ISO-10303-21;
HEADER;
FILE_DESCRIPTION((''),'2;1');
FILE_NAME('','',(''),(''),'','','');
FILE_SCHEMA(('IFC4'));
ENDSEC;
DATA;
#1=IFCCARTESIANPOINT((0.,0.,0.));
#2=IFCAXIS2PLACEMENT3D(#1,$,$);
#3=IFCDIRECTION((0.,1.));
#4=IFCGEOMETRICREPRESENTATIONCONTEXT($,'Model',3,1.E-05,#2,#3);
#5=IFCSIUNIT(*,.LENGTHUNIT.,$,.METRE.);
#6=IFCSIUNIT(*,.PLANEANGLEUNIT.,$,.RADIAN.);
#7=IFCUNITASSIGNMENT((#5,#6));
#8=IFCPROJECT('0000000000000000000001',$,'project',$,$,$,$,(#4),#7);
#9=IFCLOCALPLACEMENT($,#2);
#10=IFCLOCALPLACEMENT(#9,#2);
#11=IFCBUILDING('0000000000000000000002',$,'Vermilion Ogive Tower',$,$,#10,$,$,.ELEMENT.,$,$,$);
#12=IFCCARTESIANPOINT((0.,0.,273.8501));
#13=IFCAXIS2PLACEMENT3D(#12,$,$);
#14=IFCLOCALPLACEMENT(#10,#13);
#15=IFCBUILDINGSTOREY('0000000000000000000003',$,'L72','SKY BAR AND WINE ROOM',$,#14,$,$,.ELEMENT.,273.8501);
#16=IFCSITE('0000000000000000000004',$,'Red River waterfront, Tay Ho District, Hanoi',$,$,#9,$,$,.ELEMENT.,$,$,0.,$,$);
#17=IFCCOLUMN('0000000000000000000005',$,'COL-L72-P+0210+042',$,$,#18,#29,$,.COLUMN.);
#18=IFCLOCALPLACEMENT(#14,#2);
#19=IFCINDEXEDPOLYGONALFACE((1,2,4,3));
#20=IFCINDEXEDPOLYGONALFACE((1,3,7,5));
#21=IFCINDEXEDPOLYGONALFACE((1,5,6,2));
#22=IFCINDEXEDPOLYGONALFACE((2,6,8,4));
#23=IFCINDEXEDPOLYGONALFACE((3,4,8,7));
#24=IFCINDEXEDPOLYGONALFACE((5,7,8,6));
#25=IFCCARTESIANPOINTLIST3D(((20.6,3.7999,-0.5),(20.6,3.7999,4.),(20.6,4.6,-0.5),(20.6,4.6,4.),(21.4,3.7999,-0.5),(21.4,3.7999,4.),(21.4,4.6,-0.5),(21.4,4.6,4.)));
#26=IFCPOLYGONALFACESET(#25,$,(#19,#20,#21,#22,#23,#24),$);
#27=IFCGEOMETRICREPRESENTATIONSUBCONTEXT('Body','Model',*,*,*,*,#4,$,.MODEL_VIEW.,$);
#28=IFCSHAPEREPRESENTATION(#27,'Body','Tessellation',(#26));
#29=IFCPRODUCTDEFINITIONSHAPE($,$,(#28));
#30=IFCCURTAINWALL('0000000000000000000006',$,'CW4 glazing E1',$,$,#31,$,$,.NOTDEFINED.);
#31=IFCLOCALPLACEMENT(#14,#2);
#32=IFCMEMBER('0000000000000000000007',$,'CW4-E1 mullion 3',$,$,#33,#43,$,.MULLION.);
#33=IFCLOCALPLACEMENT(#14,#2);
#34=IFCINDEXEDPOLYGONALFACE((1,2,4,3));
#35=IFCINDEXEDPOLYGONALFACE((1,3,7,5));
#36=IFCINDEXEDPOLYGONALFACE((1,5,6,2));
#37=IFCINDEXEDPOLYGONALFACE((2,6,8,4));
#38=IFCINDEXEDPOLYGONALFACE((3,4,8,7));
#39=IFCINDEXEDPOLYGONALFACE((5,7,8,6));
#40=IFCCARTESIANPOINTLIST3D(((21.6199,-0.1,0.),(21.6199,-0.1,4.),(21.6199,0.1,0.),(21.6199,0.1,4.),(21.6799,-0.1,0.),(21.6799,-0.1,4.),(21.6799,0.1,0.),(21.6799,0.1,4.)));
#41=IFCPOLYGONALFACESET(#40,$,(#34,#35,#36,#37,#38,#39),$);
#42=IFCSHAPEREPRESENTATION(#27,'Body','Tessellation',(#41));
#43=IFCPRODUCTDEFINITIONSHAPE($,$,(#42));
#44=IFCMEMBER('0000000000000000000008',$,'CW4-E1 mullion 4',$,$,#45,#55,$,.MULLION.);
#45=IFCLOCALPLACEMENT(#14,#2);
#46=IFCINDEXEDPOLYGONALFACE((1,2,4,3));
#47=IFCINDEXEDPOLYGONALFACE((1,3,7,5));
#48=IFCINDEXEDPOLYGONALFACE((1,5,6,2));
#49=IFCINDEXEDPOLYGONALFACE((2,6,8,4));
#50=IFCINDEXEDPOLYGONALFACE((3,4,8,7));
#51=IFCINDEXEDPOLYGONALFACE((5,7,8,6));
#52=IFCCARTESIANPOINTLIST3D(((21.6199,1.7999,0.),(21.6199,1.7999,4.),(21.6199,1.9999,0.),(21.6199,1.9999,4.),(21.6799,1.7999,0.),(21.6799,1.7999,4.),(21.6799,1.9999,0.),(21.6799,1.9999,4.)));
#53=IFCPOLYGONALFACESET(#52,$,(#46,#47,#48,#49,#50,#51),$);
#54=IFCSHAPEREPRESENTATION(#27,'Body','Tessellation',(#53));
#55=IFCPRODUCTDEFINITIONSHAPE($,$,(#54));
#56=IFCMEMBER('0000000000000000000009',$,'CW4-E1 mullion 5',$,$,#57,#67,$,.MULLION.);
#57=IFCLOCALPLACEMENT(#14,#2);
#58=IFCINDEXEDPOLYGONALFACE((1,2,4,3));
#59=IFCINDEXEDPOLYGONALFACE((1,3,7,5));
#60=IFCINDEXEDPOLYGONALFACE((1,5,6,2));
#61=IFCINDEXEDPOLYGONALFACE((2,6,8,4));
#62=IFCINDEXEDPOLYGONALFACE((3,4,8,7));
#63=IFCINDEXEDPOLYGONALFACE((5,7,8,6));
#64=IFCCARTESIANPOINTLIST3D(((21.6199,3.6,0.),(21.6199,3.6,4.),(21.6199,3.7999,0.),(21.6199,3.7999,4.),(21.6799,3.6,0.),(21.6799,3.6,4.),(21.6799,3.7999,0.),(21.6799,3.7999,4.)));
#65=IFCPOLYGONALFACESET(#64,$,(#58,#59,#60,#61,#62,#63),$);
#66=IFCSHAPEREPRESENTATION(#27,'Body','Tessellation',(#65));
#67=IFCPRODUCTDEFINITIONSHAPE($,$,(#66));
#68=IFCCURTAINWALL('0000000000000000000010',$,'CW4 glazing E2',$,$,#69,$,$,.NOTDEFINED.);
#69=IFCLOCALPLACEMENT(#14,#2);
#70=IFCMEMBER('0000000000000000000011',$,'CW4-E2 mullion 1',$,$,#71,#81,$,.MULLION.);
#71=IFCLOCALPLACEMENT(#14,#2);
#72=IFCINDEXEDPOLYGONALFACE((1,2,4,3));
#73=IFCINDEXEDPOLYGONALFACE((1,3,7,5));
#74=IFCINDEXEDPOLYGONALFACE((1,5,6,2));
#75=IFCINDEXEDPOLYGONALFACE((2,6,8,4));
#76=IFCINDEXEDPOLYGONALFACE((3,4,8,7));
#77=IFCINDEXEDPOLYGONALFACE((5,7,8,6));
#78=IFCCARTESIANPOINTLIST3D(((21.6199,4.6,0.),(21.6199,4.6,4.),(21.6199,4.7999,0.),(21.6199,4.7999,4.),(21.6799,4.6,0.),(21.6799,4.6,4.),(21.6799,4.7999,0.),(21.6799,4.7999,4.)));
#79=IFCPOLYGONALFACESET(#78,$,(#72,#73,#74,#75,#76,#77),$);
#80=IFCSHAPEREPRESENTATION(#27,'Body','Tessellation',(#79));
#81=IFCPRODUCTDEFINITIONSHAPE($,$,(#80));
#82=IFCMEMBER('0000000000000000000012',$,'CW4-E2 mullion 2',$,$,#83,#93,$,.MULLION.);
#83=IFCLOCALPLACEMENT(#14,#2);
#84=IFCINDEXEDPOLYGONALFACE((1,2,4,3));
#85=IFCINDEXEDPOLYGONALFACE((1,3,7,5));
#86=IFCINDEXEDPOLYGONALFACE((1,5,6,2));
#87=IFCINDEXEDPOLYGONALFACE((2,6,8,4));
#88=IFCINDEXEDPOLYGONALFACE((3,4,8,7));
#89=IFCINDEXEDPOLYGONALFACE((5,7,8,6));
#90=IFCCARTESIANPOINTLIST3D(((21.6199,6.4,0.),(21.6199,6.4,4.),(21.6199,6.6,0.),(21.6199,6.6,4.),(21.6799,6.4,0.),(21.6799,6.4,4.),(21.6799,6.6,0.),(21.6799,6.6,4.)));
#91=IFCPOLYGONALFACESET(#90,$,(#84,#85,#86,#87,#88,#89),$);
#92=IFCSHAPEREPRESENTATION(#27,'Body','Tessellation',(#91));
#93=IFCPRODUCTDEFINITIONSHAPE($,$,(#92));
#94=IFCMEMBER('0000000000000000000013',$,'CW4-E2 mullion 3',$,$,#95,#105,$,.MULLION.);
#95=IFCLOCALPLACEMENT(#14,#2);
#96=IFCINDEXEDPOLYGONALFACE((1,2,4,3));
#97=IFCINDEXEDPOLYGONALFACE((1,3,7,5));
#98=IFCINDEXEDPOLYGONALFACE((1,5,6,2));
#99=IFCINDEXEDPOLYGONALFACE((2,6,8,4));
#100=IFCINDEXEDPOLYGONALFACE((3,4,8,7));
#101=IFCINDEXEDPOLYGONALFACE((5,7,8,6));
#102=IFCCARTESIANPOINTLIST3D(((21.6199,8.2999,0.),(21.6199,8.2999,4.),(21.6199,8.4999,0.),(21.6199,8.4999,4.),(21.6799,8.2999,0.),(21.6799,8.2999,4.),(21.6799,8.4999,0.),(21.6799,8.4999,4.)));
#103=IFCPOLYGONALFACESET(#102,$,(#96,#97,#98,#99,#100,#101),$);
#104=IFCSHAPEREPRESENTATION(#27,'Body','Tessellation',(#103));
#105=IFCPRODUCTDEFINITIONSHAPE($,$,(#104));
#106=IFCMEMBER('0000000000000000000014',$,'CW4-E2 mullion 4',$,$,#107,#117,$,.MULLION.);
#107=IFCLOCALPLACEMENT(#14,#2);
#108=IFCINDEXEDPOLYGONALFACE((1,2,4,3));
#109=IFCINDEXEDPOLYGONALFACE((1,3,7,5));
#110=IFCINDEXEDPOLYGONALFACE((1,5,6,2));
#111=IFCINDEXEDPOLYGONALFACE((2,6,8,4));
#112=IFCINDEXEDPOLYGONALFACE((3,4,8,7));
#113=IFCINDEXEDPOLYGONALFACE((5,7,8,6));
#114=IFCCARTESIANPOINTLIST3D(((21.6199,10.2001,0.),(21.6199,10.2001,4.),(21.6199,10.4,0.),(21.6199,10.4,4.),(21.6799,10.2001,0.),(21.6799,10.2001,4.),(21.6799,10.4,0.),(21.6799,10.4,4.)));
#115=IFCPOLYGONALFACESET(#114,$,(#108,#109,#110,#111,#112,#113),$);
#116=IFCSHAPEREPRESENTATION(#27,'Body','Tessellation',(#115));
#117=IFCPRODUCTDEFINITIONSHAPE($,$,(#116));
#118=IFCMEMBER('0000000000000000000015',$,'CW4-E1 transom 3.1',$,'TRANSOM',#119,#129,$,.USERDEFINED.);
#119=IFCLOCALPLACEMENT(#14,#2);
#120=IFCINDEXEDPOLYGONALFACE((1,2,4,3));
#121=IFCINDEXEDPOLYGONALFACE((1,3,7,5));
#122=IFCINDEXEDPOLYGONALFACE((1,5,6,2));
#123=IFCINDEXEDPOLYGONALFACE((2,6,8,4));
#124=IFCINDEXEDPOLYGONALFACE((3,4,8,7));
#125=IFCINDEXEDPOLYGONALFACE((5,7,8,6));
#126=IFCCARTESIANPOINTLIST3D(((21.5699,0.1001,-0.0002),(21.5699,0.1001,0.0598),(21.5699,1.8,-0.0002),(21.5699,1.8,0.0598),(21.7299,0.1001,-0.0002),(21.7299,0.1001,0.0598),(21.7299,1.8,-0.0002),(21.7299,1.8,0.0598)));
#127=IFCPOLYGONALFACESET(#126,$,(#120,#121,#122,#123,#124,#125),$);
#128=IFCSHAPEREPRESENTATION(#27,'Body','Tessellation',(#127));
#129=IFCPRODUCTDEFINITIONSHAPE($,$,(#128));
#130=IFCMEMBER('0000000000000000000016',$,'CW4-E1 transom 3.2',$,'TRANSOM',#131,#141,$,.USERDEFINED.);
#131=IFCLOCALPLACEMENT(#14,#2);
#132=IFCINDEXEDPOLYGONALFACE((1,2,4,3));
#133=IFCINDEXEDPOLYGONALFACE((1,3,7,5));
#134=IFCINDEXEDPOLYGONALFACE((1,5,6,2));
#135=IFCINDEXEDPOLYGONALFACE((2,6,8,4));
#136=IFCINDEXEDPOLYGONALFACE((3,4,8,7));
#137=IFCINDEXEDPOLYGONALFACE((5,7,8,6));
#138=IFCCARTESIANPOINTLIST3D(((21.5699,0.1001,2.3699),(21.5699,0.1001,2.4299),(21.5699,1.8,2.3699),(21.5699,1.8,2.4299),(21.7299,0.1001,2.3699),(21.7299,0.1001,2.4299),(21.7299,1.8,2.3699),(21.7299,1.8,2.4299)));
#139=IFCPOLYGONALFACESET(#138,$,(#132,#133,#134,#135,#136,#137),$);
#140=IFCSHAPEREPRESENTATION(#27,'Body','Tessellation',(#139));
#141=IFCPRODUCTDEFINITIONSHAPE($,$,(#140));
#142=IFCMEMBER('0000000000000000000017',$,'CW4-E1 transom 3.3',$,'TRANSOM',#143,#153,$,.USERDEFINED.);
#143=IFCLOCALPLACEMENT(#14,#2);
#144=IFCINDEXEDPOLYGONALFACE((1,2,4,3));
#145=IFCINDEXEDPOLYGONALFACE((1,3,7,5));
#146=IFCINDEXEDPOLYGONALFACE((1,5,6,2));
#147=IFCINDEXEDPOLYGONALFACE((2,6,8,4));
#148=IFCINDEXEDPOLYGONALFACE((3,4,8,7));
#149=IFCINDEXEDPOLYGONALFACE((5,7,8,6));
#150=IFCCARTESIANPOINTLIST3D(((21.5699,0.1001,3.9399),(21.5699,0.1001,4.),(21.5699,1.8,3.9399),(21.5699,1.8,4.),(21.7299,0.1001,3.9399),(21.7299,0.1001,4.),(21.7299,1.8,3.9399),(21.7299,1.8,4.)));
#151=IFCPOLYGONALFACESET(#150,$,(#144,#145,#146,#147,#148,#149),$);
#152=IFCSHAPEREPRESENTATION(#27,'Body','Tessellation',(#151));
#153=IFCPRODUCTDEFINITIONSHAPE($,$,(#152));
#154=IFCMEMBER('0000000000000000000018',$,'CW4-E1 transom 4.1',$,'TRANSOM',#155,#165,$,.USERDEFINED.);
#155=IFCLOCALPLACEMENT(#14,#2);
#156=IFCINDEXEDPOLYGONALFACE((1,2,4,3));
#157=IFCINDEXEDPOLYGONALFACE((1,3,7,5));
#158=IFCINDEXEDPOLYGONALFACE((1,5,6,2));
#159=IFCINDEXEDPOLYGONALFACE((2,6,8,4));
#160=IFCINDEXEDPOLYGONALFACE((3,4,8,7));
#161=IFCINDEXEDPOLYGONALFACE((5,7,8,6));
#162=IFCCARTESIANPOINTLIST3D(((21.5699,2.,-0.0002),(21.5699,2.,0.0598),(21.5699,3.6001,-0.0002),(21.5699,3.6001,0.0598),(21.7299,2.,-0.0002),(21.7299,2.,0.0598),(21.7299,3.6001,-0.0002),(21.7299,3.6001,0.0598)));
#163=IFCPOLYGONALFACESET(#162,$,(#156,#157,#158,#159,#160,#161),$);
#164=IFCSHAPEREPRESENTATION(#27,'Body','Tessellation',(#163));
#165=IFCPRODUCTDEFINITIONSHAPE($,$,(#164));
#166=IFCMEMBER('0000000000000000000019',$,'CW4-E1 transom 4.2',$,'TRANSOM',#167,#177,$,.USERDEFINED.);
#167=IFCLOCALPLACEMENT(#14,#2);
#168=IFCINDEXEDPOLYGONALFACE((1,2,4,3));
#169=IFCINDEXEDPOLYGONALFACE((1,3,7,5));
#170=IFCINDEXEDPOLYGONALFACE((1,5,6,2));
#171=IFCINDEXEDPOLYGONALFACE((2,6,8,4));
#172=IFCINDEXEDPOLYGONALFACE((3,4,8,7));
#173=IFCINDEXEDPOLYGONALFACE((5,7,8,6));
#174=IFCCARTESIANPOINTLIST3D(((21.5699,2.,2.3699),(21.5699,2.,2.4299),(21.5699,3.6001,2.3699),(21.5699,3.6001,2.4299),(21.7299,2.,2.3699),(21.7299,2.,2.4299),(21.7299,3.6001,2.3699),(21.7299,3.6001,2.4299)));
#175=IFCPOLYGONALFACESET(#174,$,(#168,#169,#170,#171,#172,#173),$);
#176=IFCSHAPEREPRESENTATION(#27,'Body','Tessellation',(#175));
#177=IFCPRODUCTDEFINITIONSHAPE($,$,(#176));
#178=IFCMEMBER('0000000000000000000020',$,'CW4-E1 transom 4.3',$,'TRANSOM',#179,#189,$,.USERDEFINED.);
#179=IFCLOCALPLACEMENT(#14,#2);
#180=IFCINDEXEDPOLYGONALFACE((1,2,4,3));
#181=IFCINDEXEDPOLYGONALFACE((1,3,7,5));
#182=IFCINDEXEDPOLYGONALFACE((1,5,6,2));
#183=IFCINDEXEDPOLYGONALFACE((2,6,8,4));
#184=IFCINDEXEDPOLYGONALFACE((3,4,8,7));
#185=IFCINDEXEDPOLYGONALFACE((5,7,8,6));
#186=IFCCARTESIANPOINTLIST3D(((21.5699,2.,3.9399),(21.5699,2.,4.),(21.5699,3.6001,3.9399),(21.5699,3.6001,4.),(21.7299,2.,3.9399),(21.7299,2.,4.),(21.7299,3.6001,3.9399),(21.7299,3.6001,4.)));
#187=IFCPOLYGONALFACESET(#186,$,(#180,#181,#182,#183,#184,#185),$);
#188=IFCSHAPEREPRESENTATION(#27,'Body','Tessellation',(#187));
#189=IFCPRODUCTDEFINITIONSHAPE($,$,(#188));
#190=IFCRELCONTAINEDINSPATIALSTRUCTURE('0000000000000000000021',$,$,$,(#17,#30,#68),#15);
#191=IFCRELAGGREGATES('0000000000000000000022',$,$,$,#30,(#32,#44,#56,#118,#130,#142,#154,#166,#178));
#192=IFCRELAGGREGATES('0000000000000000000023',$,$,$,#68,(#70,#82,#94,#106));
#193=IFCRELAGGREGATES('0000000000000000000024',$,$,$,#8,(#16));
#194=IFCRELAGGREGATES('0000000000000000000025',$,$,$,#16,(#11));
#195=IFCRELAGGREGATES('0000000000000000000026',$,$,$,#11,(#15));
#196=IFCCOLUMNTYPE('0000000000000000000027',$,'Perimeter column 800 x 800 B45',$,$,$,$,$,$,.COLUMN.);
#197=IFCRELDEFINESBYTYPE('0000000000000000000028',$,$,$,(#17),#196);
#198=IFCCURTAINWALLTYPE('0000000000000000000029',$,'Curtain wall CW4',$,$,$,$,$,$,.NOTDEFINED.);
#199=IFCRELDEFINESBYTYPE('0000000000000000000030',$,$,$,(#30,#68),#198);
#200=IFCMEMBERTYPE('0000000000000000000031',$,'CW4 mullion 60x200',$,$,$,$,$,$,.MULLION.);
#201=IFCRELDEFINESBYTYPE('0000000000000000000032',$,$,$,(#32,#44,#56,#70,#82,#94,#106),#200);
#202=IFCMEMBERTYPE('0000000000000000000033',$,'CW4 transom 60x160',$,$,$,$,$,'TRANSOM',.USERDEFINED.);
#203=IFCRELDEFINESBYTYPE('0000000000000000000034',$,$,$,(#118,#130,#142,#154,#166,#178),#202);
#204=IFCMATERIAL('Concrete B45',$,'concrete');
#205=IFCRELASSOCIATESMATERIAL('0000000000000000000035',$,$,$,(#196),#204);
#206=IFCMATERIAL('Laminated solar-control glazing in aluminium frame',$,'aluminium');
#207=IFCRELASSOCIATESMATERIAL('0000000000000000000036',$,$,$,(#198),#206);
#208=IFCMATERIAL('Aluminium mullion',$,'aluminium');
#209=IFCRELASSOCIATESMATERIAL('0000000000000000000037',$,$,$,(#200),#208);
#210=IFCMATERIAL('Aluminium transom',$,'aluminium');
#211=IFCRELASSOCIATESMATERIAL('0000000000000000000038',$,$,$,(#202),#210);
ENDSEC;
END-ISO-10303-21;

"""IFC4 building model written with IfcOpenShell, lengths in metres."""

from ifc_helpers import new_model, si_unit, direction, frame, origin, origin_2d, place, context, subcontext, project, spatial, rectangle, extrude, material, material_profile, profile_set, type_object, element, aggregate, save


model = new_model("IFC4")

# Units and contexts
model_context = context("Model", 3, precision=1e-05, world=origin(), true_north=direction((0.0, 1.0)))
body_context = subcontext(model_context, "Body", "Model", "MODEL_VIEW")
ifc_project = project(units=[si_unit("LENGTHUNIT", "METRE"), si_unit("PLANEANGLEUNIT", "RADIAN")], contexts=[model_context])

# Site, building, storey
site_placement = place(None, origin())
site = spatial("IfcSite", under=ifc_project, at=site_placement, Name="Red River waterfront, Tay Ho District, Hanoi", CompositionType="ELEMENT", RefElevation=0.0)
building_placement = place(site_placement, origin())
building = spatial("IfcBuilding", under=site, at=building_placement, Name="Vermilion Ogive Tower", CompositionType="ELEMENT")
storey_placement = place(building_placement, frame((0.0, 0.0, 273.8501)))
storey = spatial("IfcBuildingStorey", under=building, at=storey_placement, Name="L72", Description="SKY BAR AND WINE ROOM", CompositionType="ELEMENT", Elevation=273.8501)

# Column
ifc_material_1 = material(Name="Concrete B45", Category="concrete")
ifc_material_profile_1 = material_profile(ifc_material_1, rectangle(XDim=0.8, YDim=0.8, at=origin_2d()), Name="800 x 800")
ifc_profile_set_1 = profile_set([ifc_material_profile_1], Name="Concrete B45")
column_type = type_object("IfcColumnType", Name="Perimeter column 800 x 800 B45", PredefinedType="COLUMN", material=ifc_profile_set_1)
column_placement = place(storey_placement, frame((21.0, 4.2, -0.5), z_axis=(0.0, 0.0, 1.0), x_axis=(1.0, 0.0, 0.0)))
element("IfcColumn", 1, at=column_placement, inside=storey, type_object=column_type, Name="COL-L72-P+0210+042", PredefinedType="COLUMN", context=body_context, shape_type="SweptSolid", body=[
    extrude(rectangle(XDim=0.8, YDim=0.8, at=origin_2d()), origin(), (0.0, 0.0, 1.0), 4.5),
])

# Curtain walls, members
ifc_material_2 = material(Name="Laminated solar-control glazing in aluminium frame", Category="aluminium")
curtain_wall_type = type_object("IfcCurtainWallType", Name="Curtain wall CW4", PredefinedType="NOTDEFINED", material=ifc_material_2)
curtain_wall_1_placement = place(storey_placement, origin())
curtain_wall_1 = element("IfcCurtainWall", 2, at=curtain_wall_1_placement, inside=storey, type_object=curtain_wall_type, Name="CW4 glazing E1", PredefinedType="NOTDEFINED")
ifc_material_3 = material(Name="Aluminium mullion", Category="aluminium")
ifc_material_profile_2 = material_profile(ifc_material_3, rectangle(XDim=0.0601, YDim=0.2, at=origin_2d()), Name="AL 60x200")
ifc_profile_set_2 = profile_set([ifc_material_profile_2], Name="Aluminium mullion")
member_type_1 = type_object("IfcMemberType", Name="CW4 mullion 60x200", PredefinedType="MULLION", material=ifc_profile_set_2)
member_1_placement = place(storey_placement, frame((21.6499, 0.0, 0.0), z_axis=(0.0, 0.0, 1.0), x_axis=(-1.0, 0.0, 0.0)))
member_1 = element("IfcMember", 3, at=member_1_placement, type_object=member_type_1, Name="CW4-E1 mullion 3", PredefinedType="MULLION", context=body_context, shape_type="SweptSolid", body=[
    extrude(rectangle(XDim=0.0601, YDim=0.2, at=origin_2d()), origin(), (0.0, 0.0, 1.0), 4.0),
])
member_2_placement = place(storey_placement, frame((21.6499, 1.8999, 0.0), z_axis=(0.0, 0.0, 1.0), x_axis=(-1.0, 0.0, 0.0)))
member_2 = element("IfcMember", 4, at=member_2_placement, type_object=member_type_1, Name="CW4-E1 mullion 4", PredefinedType="MULLION", context=body_context, shape_type="SweptSolid", body=[
    extrude(rectangle(XDim=0.0601, YDim=0.2, at=origin_2d()), origin(), (0.0, 0.0, 1.0), 4.0),
])
member_3_placement = place(storey_placement, frame((21.6499, 3.7, 0.0), z_axis=(0.0, 0.0, 1.0), x_axis=(-1.0, 0.0, 0.0)))
member_3 = element("IfcMember", 5, at=member_3_placement, type_object=member_type_1, Name="CW4-E1 mullion 5", PredefinedType="MULLION", context=body_context, shape_type="SweptSolid", body=[
    extrude(rectangle(XDim=0.0601, YDim=0.2, at=origin_2d()), origin(), (0.0, 0.0, 1.0), 4.0),
])
curtain_wall_2_placement = place(storey_placement, origin())
curtain_wall_2 = element("IfcCurtainWall", 6, at=curtain_wall_2_placement, inside=storey, type_object=curtain_wall_type, Name="CW4 glazing E2", PredefinedType="NOTDEFINED")
member_4_placement = place(storey_placement, frame((21.6499, 4.7, 0.0), z_axis=(0.0, 0.0, 1.0), x_axis=(-1.0, 0.0, 0.0)))
member_4 = element("IfcMember", 7, at=member_4_placement, type_object=member_type_1, Name="CW4-E2 mullion 1", PredefinedType="MULLION", context=body_context, shape_type="SweptSolid", body=[
    extrude(rectangle(XDim=0.0601, YDim=0.2, at=origin_2d()), origin(), (0.0, 0.0, 1.0), 4.0),
])
member_5_placement = place(storey_placement, frame((21.6499, 6.5, 0.0), z_axis=(0.0, 0.0, 1.0), x_axis=(-1.0, 0.0, 0.0)))
member_5 = element("IfcMember", 8, at=member_5_placement, type_object=member_type_1, Name="CW4-E2 mullion 2", PredefinedType="MULLION", context=body_context, shape_type="SweptSolid", body=[
    extrude(rectangle(XDim=0.0601, YDim=0.2, at=origin_2d()), origin(), (0.0, 0.0, 1.0), 4.0),
])
member_6_placement = place(storey_placement, frame((21.6499, 8.3999, 0.0), z_axis=(0.0, 0.0, 1.0), x_axis=(-1.0, 0.0, 0.0)))
member_6 = element("IfcMember", 9, at=member_6_placement, type_object=member_type_1, Name="CW4-E2 mullion 3", PredefinedType="MULLION", context=body_context, shape_type="SweptSolid", body=[
    extrude(rectangle(XDim=0.0601, YDim=0.2, at=origin_2d()), origin(), (0.0, 0.0, 1.0), 4.0),
])
member_7_placement = place(storey_placement, frame((21.6499, 10.3, 0.0), z_axis=(0.0, 0.0, 1.0), x_axis=(-1.0, 0.0, 0.0)))
member_7 = element("IfcMember", 10, at=member_7_placement, type_object=member_type_1, Name="CW4-E2 mullion 4", PredefinedType="MULLION", context=body_context, shape_type="SweptSolid", body=[
    extrude(rectangle(XDim=0.0601, YDim=0.2, at=origin_2d()), origin(), (0.0, 0.0, 1.0), 4.0),
])

# Members
ifc_material_4 = material(Name="Aluminium transom", Category="aluminium")
ifc_material_profile_3 = material_profile(ifc_material_4, rectangle(XDim=0.1599, YDim=0.0601, at=origin_2d()), Name="AL 60x160")
ifc_profile_set_3 = profile_set([ifc_material_profile_3], Name="Aluminium transom")
member_type_2 = type_object("IfcMemberType", Name="CW4 transom 60x160", ElementType="TRANSOM", PredefinedType="USERDEFINED", material=ifc_profile_set_3)
member_8_placement = place(storey_placement, frame((21.6499, 0.1001, 0.0298), z_axis=(0.0, 1.0, 0.0), x_axis=(-1.0, 0.0, 0.0)))
member_8 = element("IfcMember", 11, at=member_8_placement, type_object=member_type_2, Name="CW4-E1 transom 3.1", ObjectType="TRANSOM", PredefinedType="USERDEFINED", context=body_context, shape_type="SweptSolid", body=[
    extrude(rectangle(XDim=0.1599, YDim=0.0601, at=origin_2d()), origin(), (0.0, 0.0, 1.0), 1.7),
])
member_9_placement = place(storey_placement, frame((21.6499, 0.1001, 2.3999), z_axis=(0.0, 1.0, 0.0), x_axis=(-1.0, 0.0, 0.0)))
member_9 = element("IfcMember", 12, at=member_9_placement, type_object=member_type_2, Name="CW4-E1 transom 3.2", ObjectType="TRANSOM", PredefinedType="USERDEFINED", context=body_context, shape_type="SweptSolid", body=[
    extrude(rectangle(XDim=0.1599, YDim=0.0601, at=origin_2d()), origin(), (0.0, 0.0, 1.0), 1.7),
])
member_10_placement = place(storey_placement, frame((21.6499, 0.1001, 3.97), z_axis=(0.0, 1.0, 0.0), x_axis=(-1.0, 0.0, 0.0)))
member_10 = element("IfcMember", 13, at=member_10_placement, type_object=member_type_2, Name="CW4-E1 transom 3.3", ObjectType="TRANSOM", PredefinedType="USERDEFINED", context=body_context, shape_type="SweptSolid", body=[
    extrude(rectangle(XDim=0.1599, YDim=0.0601, at=origin_2d()), origin(), (0.0, 0.0, 1.0), 1.7),
])
member_11_placement = place(storey_placement, frame((21.6499, 2.0, 0.0298), z_axis=(0.0, 1.0, 0.0), x_axis=(-1.0, 0.0, 0.0)))
member_11 = element("IfcMember", 14, at=member_11_placement, type_object=member_type_2, Name="CW4-E1 transom 4.1", ObjectType="TRANSOM", PredefinedType="USERDEFINED", context=body_context, shape_type="SweptSolid", body=[
    extrude(rectangle(XDim=0.1599, YDim=0.0601, at=origin_2d()), origin(), (0.0, 0.0, 1.0), 1.6001),
])
member_12_placement = place(storey_placement, frame((21.6499, 2.0, 2.3999), z_axis=(0.0, 1.0, 0.0), x_axis=(-1.0, 0.0, 0.0)))
member_12 = element("IfcMember", 15, at=member_12_placement, type_object=member_type_2, Name="CW4-E1 transom 4.2", ObjectType="TRANSOM", PredefinedType="USERDEFINED", context=body_context, shape_type="SweptSolid", body=[
    extrude(rectangle(XDim=0.1599, YDim=0.0601, at=origin_2d()), origin(), (0.0, 0.0, 1.0), 1.6001),
])
member_13_placement = place(storey_placement, frame((21.6499, 2.0, 3.97), z_axis=(0.0, 1.0, 0.0), x_axis=(-1.0, 0.0, 0.0)))
member_13 = element("IfcMember", 16, at=member_13_placement, type_object=member_type_2, Name="CW4-E1 transom 4.3", ObjectType="TRANSOM", PredefinedType="USERDEFINED", context=body_context, shape_type="SweptSolid", body=[
    extrude(rectangle(XDim=0.1599, YDim=0.0601, at=origin_2d()), origin(), (0.0, 0.0, 1.0), 1.6001),
])

aggregate(curtain_wall_1, [member_1, member_2, member_3, member_8, member_9, member_10, member_11, member_12, member_13])
aggregate(curtain_wall_2, [member_4, member_5, member_6, member_7])

save(model, "model.ifc")
